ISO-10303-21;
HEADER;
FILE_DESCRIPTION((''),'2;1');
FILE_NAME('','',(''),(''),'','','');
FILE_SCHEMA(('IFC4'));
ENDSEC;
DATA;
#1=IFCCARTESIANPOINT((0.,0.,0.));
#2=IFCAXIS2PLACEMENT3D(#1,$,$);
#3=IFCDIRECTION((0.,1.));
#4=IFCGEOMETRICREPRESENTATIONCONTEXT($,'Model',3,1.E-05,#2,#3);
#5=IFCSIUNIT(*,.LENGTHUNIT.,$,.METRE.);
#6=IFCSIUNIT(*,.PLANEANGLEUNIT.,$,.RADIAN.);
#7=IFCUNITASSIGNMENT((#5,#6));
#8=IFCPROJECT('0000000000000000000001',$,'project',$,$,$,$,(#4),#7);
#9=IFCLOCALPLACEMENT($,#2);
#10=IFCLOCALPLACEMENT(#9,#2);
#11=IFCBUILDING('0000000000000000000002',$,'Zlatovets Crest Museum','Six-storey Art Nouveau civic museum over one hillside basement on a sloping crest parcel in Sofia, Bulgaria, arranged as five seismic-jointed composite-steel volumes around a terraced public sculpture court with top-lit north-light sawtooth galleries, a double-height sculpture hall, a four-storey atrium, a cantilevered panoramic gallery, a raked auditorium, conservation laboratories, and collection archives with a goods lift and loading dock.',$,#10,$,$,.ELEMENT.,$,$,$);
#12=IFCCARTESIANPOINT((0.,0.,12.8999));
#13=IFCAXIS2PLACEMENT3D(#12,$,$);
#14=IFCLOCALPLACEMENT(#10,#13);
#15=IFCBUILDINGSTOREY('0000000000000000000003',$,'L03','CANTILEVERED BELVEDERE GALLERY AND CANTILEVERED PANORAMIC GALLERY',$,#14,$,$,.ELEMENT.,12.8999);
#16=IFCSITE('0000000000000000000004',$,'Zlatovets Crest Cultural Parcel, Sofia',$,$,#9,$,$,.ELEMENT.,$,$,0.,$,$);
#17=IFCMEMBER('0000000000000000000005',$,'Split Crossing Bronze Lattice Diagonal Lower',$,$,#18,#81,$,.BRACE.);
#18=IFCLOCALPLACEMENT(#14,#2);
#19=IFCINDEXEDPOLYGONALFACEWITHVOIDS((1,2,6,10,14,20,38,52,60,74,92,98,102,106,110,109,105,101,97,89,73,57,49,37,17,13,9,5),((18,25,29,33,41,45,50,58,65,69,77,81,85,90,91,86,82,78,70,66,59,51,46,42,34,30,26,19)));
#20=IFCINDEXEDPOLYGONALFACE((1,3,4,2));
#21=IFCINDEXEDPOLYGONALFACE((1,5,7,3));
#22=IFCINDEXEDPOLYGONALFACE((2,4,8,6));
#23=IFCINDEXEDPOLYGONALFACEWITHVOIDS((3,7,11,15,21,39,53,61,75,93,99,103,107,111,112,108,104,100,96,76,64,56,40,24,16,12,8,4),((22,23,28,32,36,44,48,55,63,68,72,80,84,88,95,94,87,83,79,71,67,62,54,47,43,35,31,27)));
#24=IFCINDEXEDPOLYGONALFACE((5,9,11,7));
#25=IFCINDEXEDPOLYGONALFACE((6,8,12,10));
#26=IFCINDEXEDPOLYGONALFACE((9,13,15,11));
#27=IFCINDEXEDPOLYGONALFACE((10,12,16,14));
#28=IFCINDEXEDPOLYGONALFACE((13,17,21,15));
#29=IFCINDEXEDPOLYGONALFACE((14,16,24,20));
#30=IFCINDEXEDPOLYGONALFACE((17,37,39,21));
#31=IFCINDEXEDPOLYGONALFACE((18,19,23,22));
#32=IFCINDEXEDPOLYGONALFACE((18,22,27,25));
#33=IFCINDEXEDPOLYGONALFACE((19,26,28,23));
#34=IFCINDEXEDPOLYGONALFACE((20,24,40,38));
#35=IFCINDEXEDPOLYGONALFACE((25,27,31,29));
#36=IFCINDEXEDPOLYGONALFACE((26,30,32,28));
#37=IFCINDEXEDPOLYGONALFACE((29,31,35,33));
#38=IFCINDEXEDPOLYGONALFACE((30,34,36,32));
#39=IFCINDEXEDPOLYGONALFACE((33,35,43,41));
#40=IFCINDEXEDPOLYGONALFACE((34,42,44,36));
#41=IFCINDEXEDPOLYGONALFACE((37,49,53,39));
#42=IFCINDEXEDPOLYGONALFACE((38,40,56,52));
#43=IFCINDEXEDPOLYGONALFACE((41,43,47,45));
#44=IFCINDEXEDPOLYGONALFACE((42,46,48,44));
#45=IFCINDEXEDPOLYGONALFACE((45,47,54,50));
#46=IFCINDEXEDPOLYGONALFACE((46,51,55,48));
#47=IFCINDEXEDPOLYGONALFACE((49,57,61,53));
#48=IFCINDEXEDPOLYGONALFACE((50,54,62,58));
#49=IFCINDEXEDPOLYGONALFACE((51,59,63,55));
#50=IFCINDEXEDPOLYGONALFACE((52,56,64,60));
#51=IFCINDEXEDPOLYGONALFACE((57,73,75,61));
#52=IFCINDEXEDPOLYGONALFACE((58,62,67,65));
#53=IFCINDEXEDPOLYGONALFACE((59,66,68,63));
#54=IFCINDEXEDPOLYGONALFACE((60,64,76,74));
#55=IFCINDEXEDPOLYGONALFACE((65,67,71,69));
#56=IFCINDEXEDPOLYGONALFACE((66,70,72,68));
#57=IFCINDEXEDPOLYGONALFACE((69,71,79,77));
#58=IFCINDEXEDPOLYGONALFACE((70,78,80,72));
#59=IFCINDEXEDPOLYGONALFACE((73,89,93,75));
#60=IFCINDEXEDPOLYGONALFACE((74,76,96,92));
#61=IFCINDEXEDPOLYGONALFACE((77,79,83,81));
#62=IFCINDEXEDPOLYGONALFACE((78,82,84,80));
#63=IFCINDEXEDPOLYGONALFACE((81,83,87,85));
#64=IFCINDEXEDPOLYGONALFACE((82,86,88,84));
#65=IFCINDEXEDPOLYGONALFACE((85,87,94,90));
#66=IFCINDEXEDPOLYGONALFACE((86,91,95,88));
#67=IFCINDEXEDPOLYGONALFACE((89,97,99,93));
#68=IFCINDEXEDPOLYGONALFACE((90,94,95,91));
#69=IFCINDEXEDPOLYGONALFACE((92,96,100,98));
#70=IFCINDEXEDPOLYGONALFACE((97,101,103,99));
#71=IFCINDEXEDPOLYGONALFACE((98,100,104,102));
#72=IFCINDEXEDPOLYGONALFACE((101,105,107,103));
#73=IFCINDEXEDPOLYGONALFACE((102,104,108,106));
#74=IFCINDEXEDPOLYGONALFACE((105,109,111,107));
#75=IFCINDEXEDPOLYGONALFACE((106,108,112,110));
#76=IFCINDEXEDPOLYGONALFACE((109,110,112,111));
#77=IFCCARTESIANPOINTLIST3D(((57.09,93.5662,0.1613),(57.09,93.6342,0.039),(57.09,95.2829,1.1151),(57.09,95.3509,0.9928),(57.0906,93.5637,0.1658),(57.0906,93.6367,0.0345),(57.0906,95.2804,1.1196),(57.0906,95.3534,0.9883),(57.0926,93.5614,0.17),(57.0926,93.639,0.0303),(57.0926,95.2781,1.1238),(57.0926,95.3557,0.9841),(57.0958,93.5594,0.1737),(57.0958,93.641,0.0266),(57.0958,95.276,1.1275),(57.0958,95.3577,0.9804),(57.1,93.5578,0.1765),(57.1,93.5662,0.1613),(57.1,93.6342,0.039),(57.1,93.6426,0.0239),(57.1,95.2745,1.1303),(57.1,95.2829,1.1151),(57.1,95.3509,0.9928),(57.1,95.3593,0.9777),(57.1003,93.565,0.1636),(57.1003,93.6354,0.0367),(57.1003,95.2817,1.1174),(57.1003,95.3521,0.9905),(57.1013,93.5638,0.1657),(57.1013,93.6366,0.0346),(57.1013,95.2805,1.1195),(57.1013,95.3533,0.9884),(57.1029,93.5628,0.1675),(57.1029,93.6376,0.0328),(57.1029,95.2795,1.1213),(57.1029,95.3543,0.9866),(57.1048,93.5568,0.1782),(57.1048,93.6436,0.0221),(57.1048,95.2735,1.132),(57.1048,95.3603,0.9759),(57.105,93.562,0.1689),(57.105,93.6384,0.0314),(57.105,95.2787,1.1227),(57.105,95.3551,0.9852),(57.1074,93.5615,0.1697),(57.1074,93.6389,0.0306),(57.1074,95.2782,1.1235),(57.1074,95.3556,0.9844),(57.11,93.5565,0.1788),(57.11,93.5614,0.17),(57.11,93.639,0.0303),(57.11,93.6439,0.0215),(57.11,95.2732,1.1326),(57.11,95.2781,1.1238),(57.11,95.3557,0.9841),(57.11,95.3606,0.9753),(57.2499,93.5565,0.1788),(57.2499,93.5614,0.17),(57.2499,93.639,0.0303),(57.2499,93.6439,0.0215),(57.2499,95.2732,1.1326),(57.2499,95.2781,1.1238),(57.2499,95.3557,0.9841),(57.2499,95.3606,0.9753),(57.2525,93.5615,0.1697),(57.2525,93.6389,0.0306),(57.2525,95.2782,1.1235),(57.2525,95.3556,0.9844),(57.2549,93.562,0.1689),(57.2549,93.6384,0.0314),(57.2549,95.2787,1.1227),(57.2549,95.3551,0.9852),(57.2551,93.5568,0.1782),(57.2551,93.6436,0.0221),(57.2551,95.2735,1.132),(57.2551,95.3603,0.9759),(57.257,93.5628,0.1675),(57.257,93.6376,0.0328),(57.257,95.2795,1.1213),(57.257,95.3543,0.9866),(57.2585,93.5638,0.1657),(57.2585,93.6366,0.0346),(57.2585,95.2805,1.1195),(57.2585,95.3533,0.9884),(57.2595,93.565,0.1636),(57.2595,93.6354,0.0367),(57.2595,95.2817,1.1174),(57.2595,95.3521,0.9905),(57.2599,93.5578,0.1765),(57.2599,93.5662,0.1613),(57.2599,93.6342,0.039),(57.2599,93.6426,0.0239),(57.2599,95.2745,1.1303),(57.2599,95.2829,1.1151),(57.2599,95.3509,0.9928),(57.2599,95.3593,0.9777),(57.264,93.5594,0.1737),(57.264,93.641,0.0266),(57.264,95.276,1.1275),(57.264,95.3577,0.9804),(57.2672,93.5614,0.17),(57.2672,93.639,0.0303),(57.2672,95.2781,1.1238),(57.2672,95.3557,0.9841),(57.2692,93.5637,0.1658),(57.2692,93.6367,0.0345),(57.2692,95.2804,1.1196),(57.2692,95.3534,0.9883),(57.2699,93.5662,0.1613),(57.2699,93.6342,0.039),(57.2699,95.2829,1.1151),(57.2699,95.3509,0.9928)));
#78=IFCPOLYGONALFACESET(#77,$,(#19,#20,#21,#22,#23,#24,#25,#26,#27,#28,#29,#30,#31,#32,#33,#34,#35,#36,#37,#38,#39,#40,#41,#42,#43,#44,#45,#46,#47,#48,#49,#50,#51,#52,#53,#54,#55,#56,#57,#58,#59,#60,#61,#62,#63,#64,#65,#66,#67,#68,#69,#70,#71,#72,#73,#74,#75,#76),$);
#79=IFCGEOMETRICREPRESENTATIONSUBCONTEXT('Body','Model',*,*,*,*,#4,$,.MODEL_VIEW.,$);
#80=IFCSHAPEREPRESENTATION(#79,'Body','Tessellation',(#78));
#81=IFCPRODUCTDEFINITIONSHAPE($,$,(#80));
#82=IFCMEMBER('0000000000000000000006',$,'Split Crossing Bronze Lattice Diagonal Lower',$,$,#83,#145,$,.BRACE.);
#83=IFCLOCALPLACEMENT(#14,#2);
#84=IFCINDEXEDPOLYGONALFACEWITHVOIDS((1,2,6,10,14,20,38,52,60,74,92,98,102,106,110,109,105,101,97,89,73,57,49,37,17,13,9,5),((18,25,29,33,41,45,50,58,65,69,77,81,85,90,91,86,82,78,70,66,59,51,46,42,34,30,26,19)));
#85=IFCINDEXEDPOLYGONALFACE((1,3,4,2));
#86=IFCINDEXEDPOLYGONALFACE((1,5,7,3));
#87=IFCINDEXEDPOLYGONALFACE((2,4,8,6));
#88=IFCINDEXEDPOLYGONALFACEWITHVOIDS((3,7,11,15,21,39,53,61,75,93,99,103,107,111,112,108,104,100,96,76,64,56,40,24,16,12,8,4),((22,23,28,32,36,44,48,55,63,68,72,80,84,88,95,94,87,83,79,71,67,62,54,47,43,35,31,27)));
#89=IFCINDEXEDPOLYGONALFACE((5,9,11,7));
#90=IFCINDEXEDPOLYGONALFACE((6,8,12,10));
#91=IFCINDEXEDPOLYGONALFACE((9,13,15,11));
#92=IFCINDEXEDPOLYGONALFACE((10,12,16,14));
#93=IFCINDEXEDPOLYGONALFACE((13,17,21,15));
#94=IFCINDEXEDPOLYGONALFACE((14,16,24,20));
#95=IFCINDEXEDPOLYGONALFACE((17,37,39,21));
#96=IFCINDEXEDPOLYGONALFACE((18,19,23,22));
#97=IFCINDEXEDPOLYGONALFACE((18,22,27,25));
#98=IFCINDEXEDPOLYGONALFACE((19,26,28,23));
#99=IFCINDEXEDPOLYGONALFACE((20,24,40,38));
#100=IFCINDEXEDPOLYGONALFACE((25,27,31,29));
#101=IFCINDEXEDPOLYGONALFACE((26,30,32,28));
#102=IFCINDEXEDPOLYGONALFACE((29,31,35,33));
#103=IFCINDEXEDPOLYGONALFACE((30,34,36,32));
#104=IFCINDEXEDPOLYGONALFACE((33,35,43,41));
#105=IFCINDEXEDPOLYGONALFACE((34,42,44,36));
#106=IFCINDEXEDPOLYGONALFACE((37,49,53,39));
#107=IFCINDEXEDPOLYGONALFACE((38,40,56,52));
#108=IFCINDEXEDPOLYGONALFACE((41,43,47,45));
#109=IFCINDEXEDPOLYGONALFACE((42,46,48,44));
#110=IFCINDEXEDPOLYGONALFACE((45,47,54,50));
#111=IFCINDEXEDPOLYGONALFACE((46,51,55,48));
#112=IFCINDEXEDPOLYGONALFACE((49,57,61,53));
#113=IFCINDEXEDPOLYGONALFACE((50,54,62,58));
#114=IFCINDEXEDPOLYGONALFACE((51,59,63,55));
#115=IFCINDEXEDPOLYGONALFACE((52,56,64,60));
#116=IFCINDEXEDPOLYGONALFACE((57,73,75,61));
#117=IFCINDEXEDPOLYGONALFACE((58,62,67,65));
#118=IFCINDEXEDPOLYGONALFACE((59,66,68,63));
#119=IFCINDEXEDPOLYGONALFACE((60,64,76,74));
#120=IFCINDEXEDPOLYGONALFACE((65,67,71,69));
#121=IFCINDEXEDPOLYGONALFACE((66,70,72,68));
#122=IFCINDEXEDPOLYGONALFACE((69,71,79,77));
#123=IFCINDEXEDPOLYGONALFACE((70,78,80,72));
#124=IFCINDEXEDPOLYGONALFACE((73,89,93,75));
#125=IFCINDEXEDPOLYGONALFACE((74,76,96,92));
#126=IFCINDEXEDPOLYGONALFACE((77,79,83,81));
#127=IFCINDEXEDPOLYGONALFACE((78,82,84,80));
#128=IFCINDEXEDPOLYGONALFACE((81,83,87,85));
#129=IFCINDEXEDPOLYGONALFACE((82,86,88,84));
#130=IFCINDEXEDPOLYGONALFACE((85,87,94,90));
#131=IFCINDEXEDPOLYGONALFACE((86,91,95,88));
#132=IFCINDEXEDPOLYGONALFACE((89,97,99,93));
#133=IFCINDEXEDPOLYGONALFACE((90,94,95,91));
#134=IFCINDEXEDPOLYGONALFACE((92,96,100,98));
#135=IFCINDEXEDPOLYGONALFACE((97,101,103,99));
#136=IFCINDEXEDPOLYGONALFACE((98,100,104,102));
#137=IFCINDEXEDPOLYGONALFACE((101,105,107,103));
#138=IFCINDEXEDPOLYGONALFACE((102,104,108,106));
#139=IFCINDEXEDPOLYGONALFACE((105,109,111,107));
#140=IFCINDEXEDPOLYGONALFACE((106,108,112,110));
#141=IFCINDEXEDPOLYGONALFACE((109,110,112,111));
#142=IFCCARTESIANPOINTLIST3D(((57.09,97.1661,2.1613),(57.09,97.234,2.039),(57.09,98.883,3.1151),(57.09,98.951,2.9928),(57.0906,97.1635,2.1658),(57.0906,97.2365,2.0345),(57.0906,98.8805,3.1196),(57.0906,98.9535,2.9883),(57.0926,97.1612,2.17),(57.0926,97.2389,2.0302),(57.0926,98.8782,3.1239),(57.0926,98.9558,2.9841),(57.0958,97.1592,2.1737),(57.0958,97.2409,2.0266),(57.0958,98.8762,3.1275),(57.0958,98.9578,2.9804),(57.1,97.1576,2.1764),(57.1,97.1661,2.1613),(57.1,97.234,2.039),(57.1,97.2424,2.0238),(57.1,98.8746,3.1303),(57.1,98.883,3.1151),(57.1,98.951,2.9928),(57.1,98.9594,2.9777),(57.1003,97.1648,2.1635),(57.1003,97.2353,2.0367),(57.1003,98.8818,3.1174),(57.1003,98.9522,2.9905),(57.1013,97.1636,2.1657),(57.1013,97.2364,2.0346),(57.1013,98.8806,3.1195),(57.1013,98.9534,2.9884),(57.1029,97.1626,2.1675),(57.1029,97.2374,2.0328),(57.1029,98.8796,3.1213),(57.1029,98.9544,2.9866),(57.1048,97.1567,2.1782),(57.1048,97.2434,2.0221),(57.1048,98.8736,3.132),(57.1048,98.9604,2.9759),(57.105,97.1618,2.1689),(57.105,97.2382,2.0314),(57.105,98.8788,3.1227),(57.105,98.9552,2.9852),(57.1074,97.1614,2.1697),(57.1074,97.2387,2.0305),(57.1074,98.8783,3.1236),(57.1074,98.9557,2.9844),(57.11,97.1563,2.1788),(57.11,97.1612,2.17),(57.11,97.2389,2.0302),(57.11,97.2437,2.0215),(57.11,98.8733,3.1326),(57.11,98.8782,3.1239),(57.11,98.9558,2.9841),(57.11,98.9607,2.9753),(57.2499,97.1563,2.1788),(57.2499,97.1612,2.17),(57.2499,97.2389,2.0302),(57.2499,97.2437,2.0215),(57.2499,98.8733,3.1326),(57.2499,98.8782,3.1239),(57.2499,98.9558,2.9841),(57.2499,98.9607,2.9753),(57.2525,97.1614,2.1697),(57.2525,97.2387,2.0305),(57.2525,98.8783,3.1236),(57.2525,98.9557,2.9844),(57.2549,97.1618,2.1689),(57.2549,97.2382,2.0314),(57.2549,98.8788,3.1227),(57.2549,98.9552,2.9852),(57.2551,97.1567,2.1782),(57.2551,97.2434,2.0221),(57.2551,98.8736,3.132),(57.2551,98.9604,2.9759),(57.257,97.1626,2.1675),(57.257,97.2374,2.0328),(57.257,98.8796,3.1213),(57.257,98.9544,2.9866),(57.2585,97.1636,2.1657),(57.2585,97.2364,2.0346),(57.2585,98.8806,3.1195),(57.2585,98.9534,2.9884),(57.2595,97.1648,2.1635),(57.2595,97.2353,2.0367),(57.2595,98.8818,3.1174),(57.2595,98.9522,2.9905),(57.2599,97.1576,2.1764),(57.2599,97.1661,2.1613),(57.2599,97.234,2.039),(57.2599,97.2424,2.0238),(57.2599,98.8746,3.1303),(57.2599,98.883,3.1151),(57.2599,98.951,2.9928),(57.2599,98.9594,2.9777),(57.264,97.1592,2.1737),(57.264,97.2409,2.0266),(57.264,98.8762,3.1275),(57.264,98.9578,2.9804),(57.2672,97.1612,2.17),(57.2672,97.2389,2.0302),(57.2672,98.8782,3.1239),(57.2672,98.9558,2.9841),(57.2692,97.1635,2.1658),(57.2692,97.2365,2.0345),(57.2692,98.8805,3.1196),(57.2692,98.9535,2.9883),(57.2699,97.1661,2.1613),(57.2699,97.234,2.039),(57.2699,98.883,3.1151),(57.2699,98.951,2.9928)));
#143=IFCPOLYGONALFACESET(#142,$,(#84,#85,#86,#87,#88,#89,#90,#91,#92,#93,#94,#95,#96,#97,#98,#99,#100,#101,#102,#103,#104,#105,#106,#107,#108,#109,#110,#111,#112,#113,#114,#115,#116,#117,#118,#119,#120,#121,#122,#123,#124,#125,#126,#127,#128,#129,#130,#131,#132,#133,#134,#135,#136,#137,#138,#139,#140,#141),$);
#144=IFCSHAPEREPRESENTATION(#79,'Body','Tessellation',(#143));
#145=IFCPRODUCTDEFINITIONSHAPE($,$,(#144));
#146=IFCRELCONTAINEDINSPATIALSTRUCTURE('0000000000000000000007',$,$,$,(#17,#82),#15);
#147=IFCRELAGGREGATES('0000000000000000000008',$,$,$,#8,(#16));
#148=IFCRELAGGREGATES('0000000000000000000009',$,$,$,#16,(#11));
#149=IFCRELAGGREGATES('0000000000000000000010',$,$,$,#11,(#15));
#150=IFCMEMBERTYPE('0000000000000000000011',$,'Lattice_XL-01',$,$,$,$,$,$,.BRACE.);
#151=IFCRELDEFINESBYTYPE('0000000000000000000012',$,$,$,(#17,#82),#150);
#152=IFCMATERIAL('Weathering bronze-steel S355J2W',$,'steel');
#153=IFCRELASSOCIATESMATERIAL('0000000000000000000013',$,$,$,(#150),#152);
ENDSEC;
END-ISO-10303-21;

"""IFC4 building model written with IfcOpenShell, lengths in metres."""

from ifc_helpers import new_model, si_unit, direction, frame, origin, origin_2d, place, context, subcontext, project, spatial, hollow_rectangle, extrude, material, material_profile, profile_set, type_object, element, save


model = new_model("IFC4")

# Units and contexts
model_context = context("Model", 3, precision=1e-05, world=origin(), true_north=direction((0.0, 1.0)))
body_context = subcontext(model_context, "Body", "Model", "MODEL_VIEW")
ifc_project = project(units=[si_unit("LENGTHUNIT", "METRE"), si_unit("PLANEANGLEUNIT", "RADIAN")], contexts=[model_context])

# Site, building, storey
site_placement = place(None, origin())
site = spatial("IfcSite", under=ifc_project, at=site_placement, Name="Zlatovets Crest Cultural Parcel, Sofia", CompositionType="ELEMENT", RefElevation=0.0)
building_placement = place(site_placement, origin())
building = spatial("IfcBuilding", under=site, at=building_placement, Name="Zlatovets Crest Museum", Description="Six-storey Art Nouveau civic museum over one hillside basement on a sloping crest parcel in Sofia, Bulgaria, arranged as five seismic-jointed composite-steel volumes around a terraced public sculpture court with top-lit north-light sawtooth galleries, a double-height sculpture hall, a four-storey atrium, a cantilevered panoramic gallery, a raked auditorium, conservation laboratories, and collection archives with a goods lift and loading dock.", CompositionType="ELEMENT")
storey_placement = place(building_placement, frame((0.0, 0.0, 12.8999)))
storey = spatial("IfcBuildingStorey", under=building, at=storey_placement, Name="L03", Description="CANTILEVERED BELVEDERE GALLERY AND CANTILEVERED PANORAMIC GALLERY", CompositionType="ELEMENT", Elevation=12.8999)

# Members
ifc_material_1 = material(Name="Weathering bronze-steel S355J2W", Category="steel")
ifc_material_profile_1 = material_profile(ifc_material_1, hollow_rectangle(XDim=0.1799, YDim=0.1799, WallThickness=0.01, InnerFilletRadius=0.01, OuterFilletRadius=0.02, at=origin_2d()), Name="SHS 180x180x10.0")
ifc_profile_set_1 = profile_set([ifc_material_profile_1], Name="Weathering bronze-steel S355J2W")
member_type_1 = type_object("IfcMemberType", Name="Lattice_XL-01", PredefinedType="BRACE", material=ifc_profile_set_1)
member_1_placement = place(storey_placement, frame((57.1799, 95.3169, 1.054), z_axis=(0.0, -0.87414, -0.485675), x_axis=(1.0, 0.0, 0.0)))
element("IfcMember", 1, at=member_1_placement, inside=storey, type_object=member_type_1, Name="Split Crossing Bronze Lattice Diagonal Lower", PredefinedType="BRACE", context=body_context, shape_type="SweptSolid", body=[
    extrude(hollow_rectangle(XDim=0.1799, YDim=0.1799, WallThickness=0.01, InnerFilletRadius=0.01, OuterFilletRadius=0.02, at=origin_2d()), origin(), (0.0, 0.0, 1.0), 1.9639),
])
member_2_placement = place(storey_placement, frame((57.1799, 98.917, 3.054), z_axis=(0.0, -0.874169, -0.485622), x_axis=(1.0, 0.0, 0.0)))
element("IfcMember", 2, at=member_2_placement, inside=storey, type_object=member_type_1, Name="Split Crossing Bronze Lattice Diagonal Lower", PredefinedType="BRACE", context=body_context, shape_type="SweptSolid", body=[
    extrude(hollow_rectangle(XDim=0.1799, YDim=0.1799, WallThickness=0.01, InnerFilletRadius=0.01, OuterFilletRadius=0.02, at=origin_2d()), origin(), (0.0, 0.0, 1.0), 1.9641),
])

save(model, "model.ifc")
